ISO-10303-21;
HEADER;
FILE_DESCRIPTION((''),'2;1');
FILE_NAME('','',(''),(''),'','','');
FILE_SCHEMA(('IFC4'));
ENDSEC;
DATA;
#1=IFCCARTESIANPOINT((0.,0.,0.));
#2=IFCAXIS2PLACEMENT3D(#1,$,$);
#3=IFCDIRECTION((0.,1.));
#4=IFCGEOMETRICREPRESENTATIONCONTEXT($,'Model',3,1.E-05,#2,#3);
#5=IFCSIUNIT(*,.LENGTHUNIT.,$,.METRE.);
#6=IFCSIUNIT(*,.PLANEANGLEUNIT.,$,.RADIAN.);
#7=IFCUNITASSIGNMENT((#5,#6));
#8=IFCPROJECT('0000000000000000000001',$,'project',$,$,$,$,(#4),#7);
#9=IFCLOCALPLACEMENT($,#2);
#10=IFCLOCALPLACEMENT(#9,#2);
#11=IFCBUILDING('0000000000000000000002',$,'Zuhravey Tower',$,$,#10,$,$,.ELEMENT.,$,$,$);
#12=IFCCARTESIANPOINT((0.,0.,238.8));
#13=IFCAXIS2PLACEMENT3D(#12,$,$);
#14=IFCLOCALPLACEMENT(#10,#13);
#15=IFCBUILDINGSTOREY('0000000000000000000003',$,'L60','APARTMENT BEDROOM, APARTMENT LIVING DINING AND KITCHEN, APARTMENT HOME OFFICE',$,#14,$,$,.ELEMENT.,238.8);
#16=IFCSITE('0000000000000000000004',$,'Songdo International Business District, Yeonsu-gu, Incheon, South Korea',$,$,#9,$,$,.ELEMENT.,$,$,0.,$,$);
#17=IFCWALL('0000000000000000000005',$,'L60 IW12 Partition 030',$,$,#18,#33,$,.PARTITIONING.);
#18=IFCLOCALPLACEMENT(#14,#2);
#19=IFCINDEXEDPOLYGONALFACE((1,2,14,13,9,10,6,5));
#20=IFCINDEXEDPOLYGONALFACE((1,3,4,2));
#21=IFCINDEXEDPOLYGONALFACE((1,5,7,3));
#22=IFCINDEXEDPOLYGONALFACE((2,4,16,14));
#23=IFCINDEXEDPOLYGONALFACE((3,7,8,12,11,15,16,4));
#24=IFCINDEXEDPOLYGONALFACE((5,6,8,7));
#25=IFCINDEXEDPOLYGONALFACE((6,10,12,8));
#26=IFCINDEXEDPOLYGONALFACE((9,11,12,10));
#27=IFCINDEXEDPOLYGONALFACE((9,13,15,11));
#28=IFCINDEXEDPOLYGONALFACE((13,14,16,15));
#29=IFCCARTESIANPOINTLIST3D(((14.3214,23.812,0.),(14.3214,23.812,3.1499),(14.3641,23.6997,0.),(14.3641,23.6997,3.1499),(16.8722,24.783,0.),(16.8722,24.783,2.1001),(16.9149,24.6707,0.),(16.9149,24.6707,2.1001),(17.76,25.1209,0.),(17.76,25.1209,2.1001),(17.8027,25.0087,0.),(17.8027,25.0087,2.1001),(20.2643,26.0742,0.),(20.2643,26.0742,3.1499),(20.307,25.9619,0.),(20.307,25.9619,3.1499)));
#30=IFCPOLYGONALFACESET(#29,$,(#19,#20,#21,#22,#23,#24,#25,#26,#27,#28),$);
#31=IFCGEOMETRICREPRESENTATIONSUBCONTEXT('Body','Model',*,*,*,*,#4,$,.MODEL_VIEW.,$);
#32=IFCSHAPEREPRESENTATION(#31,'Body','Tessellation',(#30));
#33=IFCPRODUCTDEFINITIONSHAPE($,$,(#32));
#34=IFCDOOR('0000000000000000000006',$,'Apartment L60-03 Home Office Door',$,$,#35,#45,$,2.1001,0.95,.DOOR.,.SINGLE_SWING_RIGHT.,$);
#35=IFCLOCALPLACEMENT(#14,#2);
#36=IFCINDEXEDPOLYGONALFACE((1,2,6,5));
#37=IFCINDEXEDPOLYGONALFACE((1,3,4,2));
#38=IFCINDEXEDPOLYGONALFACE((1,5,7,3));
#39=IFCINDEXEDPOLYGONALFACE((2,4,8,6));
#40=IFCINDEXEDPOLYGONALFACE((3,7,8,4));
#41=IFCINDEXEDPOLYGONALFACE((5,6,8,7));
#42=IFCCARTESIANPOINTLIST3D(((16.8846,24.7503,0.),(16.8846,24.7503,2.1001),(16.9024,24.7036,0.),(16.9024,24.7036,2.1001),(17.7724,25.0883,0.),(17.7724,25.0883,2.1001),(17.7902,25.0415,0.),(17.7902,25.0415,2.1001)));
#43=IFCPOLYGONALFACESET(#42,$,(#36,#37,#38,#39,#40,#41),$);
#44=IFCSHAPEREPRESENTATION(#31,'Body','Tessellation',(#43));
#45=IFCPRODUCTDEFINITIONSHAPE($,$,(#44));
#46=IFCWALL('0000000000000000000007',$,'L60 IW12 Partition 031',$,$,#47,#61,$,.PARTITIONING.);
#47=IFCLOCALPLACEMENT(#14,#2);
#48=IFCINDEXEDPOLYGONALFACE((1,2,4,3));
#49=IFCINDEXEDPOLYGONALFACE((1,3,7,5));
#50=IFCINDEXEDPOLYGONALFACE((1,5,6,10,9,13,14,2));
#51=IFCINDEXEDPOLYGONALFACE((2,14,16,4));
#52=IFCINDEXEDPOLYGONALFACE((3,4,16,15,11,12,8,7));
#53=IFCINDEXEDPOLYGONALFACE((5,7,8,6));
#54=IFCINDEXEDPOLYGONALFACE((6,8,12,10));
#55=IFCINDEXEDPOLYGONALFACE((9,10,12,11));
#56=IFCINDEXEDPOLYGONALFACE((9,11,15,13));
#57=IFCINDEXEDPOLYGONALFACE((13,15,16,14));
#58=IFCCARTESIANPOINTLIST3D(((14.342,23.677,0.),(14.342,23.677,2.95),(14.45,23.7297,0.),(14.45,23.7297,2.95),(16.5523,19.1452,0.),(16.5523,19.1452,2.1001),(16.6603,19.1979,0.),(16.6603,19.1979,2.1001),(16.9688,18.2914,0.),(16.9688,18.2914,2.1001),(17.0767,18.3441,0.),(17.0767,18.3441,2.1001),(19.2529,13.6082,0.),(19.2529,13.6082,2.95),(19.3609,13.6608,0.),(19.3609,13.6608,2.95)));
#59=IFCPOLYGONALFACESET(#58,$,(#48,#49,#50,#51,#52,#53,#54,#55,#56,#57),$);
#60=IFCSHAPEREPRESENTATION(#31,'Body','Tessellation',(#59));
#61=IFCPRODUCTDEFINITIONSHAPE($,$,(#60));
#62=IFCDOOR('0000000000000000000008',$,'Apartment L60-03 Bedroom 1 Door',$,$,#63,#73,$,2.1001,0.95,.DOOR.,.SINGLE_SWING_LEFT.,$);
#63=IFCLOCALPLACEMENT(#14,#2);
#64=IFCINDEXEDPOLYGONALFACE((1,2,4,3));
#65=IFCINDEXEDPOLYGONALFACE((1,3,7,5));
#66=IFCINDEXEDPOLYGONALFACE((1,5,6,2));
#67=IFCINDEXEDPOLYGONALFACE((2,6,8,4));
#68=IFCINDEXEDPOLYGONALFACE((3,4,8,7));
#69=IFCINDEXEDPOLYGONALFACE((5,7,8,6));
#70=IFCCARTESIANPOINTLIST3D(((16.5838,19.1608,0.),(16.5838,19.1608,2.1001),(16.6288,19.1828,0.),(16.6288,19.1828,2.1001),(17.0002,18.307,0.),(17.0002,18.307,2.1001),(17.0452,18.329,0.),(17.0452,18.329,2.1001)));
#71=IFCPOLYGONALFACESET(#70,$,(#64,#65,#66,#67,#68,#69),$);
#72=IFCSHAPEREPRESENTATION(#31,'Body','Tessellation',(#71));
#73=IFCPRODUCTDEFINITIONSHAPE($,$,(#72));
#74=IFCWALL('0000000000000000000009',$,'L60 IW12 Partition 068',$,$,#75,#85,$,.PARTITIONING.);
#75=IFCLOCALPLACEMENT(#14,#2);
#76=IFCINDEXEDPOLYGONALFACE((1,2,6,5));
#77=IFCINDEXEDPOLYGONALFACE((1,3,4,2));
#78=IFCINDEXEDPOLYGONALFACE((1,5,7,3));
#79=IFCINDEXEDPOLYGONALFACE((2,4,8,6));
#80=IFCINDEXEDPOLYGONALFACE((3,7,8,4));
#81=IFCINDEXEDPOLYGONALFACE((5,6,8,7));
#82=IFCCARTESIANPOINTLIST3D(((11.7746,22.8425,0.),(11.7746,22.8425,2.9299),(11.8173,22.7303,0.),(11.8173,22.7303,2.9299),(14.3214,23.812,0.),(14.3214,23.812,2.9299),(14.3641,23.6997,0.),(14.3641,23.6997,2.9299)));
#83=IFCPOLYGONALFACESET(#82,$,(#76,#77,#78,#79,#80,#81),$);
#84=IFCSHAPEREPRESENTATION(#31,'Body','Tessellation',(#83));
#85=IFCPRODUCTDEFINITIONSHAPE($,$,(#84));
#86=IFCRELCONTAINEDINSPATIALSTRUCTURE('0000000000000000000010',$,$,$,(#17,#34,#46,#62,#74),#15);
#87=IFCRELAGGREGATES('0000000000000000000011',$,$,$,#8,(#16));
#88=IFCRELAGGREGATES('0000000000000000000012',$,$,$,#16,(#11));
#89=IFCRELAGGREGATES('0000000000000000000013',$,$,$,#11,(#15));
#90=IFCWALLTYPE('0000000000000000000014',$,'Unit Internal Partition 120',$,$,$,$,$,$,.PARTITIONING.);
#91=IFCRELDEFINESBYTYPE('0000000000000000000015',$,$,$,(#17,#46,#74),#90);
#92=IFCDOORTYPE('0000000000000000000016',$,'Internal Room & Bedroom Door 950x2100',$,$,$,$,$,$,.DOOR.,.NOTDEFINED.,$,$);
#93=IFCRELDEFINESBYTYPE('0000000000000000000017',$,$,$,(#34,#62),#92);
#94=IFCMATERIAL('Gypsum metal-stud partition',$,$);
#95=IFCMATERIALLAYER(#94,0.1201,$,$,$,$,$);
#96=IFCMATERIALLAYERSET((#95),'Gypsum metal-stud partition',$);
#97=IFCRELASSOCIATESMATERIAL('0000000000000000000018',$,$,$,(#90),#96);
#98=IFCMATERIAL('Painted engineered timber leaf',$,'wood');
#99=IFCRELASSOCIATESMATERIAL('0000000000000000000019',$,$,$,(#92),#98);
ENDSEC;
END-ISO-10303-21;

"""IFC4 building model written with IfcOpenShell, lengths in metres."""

from ifc_helpers import new_model, si_unit, direction, frame, frame_2d, origin, place, context, subcontext, project, spatial, rectangle, extrude, material, layer, layer_set, type_object, element, fill, save


model = new_model("IFC4")

# Units and contexts
model_context = context("Model", 3, precision=1e-05, world=origin(), true_north=direction((0.0, 1.0)))
body_context = subcontext(model_context, "Body", "Model", "MODEL_VIEW")
ifc_project = project(units=[si_unit("LENGTHUNIT", "METRE"), si_unit("PLANEANGLEUNIT", "RADIAN")], contexts=[model_context])

# Site, building, storey
site_placement = place(None, origin())
site = spatial("IfcSite", under=ifc_project, at=site_placement, Name="Songdo International Business District, Yeonsu-gu, Incheon, South Korea", CompositionType="ELEMENT", RefElevation=0.0)
building_placement = place(site_placement, origin())
building = spatial("IfcBuilding", under=site, at=building_placement, Name="Zuhravey Tower", CompositionType="ELEMENT")
storey_placement = place(building_placement, frame((0.0, 0.0, 238.8)))
storey = spatial("IfcBuildingStorey", under=building, at=storey_placement, Name="L60", Description="APARTMENT BEDROOM, APARTMENT LIVING DINING AND KITCHEN, APARTMENT HOME OFFICE", CompositionType="ELEMENT", Elevation=238.8)

# Walls, openings, doors
ifc_material_1 = material(Name="Gypsum metal-stud partition")
ifc_layer_1 = layer(ifc_material_1, 0.1201)
ifc_layer_set_1 = layer_set([ifc_layer_1], Name="Gypsum metal-stud partition")
wall_type_1 = type_object("IfcWallType", Name="Unit Internal Partition 120", PredefinedType="PARTITIONING", material=ifc_layer_set_1)
wall_1_placement = place(storey_placement, frame((20.2856, 26.0181, 0.0), z_axis=(0.0, 0.0, 1.0), x_axis=(-0.934579, -0.355756, 0.0)))
wall_1 = element("IfcWall", 1, at=wall_1_placement, inside=storey, type_object=wall_type_1, Name="L60 IW12 Partition 030", PredefinedType="PARTITIONING", context=body_context, shape_type="SweptSolid", body=[
    extrude(rectangle(XDim=6.3589, YDim=0.1201, at=frame_2d((3.1794, 0.0))), origin(), (0.0, 0.0, 1.0), 3.1499),
])
opening_1_placement = place(wall_1_placement, frame((2.6794, 0.0, 0.0)))
opening_1 = element("IfcOpeningElement", 2, at=opening_1_placement, cuts=wall_1, PredefinedType="OPENING", context=body_context, shape_type="SweptSolid", body=[
    extrude(rectangle(XDim=0.95, YDim=2.1001, at=frame_2d((0.4751, 1.05))), frame((0.0, 0.072, 0.0), z_axis=(0.0, -1.0, 0.0), x_axis=(1.0, 0.0, 0.0)), (0.0, 0.0, 1.0), 0.144),
])
ifc_material_2 = material(Name="Painted engineered timber leaf", Category="wood")
door_type_1 = type_object("IfcDoorType", Name="Internal Room & Bedroom Door 950x2100", OperationType="NOTDEFINED", PredefinedType="DOOR", material=ifc_material_2)
door_1_placement = place(opening_1_placement, origin())
door_1 = element("IfcDoor", 3, at=door_1_placement, inside=storey, type_object=door_type_1, Name="Apartment L60-03 Home Office Door", OperationType="SINGLE_SWING_RIGHT", OverallHeight=2.1001, OverallWidth=0.95, PredefinedType="DOOR", context=body_context, shape_type="SweptSolid", body=[
    extrude(rectangle(XDim=0.95, YDim=2.1001, at=frame_2d((0.4751, 1.05))), frame((0.0, 0.0249, 0.0), z_axis=(0.0, -1.0, 0.0), x_axis=(1.0, 0.0, 0.0)), (0.0, 0.0, 1.0), 0.05),
])
fill(opening_1, door_1)
wall_2_placement = place(storey_placement, frame((14.396, 23.7034, 0.0), z_axis=(0.0, 0.0, 1.0), x_axis=(0.43837, -0.898795, 0.0)))
wall_2 = element("IfcWall", 4, at=wall_2_placement, inside=storey, type_object=wall_type_1, Name="L60 IW12 Partition 031", PredefinedType="PARTITIONING", context=body_context, shape_type="SweptSolid", body=[
    extrude(rectangle(XDim=11.2026, YDim=0.1201, at=frame_2d((5.6013, 0.0))), origin(), (0.0, 0.0, 1.0), 2.95),
])
opening_2_placement = place(wall_2_placement, frame((5.042, 0.0, 0.0)))
opening_2 = element("IfcOpeningElement", 5, at=opening_2_placement, cuts=wall_2, PredefinedType="OPENING", context=body_context, shape_type="SweptSolid", body=[
    extrude(rectangle(XDim=0.95, YDim=2.1001, at=frame_2d((0.4751, 1.05))), frame((0.0, 0.072, 0.0), z_axis=(0.0, -1.0, 0.0), x_axis=(1.0, 0.0, 0.0)), (0.0, 0.0, 1.0), 0.144),
])
door_2_placement = place(opening_2_placement, frame((0.95, 0.0, 0.0), z_axis=(0.0, 0.0, 1.0), x_axis=(-1.0, 0.0, 0.0)))
door_2 = element("IfcDoor", 6, at=door_2_placement, inside=storey, type_object=door_type_1, Name="Apartment L60-03 Bedroom 1 Door", OperationType="SINGLE_SWING_LEFT", OverallHeight=2.1001, OverallWidth=0.95, PredefinedType="DOOR", context=body_context, shape_type="SweptSolid", body=[
    extrude(rectangle(XDim=0.95, YDim=2.1001, at=frame_2d((0.4751, 1.05))), frame((0.0, 0.0249, 0.0), z_axis=(0.0, -1.0, 0.0), x_axis=(1.0, 0.0, 0.0)), (0.0, 0.0, 1.0), 0.05),
])
fill(opening_2, door_2)

# Wall
wall_3_placement = place(storey_placement, frame((14.3428, 23.7559, 0.0), z_axis=(0.0, 0.0, 1.0), x_axis=(-0.93458, -0.355753, 0.0)))
element("IfcWall", 7, at=wall_3_placement, inside=storey, type_object=wall_type_1, Name="L60 IW12 Partition 068", PredefinedType="PARTITIONING", context=body_context, shape_type="SweptSolid", body=[
    extrude(rectangle(XDim=2.7251, YDim=0.1201, at=frame_2d((1.3625, 0.0))), origin(), (0.0, 0.0, 1.0), 2.9299),
])

save(model, "model.ifc")
